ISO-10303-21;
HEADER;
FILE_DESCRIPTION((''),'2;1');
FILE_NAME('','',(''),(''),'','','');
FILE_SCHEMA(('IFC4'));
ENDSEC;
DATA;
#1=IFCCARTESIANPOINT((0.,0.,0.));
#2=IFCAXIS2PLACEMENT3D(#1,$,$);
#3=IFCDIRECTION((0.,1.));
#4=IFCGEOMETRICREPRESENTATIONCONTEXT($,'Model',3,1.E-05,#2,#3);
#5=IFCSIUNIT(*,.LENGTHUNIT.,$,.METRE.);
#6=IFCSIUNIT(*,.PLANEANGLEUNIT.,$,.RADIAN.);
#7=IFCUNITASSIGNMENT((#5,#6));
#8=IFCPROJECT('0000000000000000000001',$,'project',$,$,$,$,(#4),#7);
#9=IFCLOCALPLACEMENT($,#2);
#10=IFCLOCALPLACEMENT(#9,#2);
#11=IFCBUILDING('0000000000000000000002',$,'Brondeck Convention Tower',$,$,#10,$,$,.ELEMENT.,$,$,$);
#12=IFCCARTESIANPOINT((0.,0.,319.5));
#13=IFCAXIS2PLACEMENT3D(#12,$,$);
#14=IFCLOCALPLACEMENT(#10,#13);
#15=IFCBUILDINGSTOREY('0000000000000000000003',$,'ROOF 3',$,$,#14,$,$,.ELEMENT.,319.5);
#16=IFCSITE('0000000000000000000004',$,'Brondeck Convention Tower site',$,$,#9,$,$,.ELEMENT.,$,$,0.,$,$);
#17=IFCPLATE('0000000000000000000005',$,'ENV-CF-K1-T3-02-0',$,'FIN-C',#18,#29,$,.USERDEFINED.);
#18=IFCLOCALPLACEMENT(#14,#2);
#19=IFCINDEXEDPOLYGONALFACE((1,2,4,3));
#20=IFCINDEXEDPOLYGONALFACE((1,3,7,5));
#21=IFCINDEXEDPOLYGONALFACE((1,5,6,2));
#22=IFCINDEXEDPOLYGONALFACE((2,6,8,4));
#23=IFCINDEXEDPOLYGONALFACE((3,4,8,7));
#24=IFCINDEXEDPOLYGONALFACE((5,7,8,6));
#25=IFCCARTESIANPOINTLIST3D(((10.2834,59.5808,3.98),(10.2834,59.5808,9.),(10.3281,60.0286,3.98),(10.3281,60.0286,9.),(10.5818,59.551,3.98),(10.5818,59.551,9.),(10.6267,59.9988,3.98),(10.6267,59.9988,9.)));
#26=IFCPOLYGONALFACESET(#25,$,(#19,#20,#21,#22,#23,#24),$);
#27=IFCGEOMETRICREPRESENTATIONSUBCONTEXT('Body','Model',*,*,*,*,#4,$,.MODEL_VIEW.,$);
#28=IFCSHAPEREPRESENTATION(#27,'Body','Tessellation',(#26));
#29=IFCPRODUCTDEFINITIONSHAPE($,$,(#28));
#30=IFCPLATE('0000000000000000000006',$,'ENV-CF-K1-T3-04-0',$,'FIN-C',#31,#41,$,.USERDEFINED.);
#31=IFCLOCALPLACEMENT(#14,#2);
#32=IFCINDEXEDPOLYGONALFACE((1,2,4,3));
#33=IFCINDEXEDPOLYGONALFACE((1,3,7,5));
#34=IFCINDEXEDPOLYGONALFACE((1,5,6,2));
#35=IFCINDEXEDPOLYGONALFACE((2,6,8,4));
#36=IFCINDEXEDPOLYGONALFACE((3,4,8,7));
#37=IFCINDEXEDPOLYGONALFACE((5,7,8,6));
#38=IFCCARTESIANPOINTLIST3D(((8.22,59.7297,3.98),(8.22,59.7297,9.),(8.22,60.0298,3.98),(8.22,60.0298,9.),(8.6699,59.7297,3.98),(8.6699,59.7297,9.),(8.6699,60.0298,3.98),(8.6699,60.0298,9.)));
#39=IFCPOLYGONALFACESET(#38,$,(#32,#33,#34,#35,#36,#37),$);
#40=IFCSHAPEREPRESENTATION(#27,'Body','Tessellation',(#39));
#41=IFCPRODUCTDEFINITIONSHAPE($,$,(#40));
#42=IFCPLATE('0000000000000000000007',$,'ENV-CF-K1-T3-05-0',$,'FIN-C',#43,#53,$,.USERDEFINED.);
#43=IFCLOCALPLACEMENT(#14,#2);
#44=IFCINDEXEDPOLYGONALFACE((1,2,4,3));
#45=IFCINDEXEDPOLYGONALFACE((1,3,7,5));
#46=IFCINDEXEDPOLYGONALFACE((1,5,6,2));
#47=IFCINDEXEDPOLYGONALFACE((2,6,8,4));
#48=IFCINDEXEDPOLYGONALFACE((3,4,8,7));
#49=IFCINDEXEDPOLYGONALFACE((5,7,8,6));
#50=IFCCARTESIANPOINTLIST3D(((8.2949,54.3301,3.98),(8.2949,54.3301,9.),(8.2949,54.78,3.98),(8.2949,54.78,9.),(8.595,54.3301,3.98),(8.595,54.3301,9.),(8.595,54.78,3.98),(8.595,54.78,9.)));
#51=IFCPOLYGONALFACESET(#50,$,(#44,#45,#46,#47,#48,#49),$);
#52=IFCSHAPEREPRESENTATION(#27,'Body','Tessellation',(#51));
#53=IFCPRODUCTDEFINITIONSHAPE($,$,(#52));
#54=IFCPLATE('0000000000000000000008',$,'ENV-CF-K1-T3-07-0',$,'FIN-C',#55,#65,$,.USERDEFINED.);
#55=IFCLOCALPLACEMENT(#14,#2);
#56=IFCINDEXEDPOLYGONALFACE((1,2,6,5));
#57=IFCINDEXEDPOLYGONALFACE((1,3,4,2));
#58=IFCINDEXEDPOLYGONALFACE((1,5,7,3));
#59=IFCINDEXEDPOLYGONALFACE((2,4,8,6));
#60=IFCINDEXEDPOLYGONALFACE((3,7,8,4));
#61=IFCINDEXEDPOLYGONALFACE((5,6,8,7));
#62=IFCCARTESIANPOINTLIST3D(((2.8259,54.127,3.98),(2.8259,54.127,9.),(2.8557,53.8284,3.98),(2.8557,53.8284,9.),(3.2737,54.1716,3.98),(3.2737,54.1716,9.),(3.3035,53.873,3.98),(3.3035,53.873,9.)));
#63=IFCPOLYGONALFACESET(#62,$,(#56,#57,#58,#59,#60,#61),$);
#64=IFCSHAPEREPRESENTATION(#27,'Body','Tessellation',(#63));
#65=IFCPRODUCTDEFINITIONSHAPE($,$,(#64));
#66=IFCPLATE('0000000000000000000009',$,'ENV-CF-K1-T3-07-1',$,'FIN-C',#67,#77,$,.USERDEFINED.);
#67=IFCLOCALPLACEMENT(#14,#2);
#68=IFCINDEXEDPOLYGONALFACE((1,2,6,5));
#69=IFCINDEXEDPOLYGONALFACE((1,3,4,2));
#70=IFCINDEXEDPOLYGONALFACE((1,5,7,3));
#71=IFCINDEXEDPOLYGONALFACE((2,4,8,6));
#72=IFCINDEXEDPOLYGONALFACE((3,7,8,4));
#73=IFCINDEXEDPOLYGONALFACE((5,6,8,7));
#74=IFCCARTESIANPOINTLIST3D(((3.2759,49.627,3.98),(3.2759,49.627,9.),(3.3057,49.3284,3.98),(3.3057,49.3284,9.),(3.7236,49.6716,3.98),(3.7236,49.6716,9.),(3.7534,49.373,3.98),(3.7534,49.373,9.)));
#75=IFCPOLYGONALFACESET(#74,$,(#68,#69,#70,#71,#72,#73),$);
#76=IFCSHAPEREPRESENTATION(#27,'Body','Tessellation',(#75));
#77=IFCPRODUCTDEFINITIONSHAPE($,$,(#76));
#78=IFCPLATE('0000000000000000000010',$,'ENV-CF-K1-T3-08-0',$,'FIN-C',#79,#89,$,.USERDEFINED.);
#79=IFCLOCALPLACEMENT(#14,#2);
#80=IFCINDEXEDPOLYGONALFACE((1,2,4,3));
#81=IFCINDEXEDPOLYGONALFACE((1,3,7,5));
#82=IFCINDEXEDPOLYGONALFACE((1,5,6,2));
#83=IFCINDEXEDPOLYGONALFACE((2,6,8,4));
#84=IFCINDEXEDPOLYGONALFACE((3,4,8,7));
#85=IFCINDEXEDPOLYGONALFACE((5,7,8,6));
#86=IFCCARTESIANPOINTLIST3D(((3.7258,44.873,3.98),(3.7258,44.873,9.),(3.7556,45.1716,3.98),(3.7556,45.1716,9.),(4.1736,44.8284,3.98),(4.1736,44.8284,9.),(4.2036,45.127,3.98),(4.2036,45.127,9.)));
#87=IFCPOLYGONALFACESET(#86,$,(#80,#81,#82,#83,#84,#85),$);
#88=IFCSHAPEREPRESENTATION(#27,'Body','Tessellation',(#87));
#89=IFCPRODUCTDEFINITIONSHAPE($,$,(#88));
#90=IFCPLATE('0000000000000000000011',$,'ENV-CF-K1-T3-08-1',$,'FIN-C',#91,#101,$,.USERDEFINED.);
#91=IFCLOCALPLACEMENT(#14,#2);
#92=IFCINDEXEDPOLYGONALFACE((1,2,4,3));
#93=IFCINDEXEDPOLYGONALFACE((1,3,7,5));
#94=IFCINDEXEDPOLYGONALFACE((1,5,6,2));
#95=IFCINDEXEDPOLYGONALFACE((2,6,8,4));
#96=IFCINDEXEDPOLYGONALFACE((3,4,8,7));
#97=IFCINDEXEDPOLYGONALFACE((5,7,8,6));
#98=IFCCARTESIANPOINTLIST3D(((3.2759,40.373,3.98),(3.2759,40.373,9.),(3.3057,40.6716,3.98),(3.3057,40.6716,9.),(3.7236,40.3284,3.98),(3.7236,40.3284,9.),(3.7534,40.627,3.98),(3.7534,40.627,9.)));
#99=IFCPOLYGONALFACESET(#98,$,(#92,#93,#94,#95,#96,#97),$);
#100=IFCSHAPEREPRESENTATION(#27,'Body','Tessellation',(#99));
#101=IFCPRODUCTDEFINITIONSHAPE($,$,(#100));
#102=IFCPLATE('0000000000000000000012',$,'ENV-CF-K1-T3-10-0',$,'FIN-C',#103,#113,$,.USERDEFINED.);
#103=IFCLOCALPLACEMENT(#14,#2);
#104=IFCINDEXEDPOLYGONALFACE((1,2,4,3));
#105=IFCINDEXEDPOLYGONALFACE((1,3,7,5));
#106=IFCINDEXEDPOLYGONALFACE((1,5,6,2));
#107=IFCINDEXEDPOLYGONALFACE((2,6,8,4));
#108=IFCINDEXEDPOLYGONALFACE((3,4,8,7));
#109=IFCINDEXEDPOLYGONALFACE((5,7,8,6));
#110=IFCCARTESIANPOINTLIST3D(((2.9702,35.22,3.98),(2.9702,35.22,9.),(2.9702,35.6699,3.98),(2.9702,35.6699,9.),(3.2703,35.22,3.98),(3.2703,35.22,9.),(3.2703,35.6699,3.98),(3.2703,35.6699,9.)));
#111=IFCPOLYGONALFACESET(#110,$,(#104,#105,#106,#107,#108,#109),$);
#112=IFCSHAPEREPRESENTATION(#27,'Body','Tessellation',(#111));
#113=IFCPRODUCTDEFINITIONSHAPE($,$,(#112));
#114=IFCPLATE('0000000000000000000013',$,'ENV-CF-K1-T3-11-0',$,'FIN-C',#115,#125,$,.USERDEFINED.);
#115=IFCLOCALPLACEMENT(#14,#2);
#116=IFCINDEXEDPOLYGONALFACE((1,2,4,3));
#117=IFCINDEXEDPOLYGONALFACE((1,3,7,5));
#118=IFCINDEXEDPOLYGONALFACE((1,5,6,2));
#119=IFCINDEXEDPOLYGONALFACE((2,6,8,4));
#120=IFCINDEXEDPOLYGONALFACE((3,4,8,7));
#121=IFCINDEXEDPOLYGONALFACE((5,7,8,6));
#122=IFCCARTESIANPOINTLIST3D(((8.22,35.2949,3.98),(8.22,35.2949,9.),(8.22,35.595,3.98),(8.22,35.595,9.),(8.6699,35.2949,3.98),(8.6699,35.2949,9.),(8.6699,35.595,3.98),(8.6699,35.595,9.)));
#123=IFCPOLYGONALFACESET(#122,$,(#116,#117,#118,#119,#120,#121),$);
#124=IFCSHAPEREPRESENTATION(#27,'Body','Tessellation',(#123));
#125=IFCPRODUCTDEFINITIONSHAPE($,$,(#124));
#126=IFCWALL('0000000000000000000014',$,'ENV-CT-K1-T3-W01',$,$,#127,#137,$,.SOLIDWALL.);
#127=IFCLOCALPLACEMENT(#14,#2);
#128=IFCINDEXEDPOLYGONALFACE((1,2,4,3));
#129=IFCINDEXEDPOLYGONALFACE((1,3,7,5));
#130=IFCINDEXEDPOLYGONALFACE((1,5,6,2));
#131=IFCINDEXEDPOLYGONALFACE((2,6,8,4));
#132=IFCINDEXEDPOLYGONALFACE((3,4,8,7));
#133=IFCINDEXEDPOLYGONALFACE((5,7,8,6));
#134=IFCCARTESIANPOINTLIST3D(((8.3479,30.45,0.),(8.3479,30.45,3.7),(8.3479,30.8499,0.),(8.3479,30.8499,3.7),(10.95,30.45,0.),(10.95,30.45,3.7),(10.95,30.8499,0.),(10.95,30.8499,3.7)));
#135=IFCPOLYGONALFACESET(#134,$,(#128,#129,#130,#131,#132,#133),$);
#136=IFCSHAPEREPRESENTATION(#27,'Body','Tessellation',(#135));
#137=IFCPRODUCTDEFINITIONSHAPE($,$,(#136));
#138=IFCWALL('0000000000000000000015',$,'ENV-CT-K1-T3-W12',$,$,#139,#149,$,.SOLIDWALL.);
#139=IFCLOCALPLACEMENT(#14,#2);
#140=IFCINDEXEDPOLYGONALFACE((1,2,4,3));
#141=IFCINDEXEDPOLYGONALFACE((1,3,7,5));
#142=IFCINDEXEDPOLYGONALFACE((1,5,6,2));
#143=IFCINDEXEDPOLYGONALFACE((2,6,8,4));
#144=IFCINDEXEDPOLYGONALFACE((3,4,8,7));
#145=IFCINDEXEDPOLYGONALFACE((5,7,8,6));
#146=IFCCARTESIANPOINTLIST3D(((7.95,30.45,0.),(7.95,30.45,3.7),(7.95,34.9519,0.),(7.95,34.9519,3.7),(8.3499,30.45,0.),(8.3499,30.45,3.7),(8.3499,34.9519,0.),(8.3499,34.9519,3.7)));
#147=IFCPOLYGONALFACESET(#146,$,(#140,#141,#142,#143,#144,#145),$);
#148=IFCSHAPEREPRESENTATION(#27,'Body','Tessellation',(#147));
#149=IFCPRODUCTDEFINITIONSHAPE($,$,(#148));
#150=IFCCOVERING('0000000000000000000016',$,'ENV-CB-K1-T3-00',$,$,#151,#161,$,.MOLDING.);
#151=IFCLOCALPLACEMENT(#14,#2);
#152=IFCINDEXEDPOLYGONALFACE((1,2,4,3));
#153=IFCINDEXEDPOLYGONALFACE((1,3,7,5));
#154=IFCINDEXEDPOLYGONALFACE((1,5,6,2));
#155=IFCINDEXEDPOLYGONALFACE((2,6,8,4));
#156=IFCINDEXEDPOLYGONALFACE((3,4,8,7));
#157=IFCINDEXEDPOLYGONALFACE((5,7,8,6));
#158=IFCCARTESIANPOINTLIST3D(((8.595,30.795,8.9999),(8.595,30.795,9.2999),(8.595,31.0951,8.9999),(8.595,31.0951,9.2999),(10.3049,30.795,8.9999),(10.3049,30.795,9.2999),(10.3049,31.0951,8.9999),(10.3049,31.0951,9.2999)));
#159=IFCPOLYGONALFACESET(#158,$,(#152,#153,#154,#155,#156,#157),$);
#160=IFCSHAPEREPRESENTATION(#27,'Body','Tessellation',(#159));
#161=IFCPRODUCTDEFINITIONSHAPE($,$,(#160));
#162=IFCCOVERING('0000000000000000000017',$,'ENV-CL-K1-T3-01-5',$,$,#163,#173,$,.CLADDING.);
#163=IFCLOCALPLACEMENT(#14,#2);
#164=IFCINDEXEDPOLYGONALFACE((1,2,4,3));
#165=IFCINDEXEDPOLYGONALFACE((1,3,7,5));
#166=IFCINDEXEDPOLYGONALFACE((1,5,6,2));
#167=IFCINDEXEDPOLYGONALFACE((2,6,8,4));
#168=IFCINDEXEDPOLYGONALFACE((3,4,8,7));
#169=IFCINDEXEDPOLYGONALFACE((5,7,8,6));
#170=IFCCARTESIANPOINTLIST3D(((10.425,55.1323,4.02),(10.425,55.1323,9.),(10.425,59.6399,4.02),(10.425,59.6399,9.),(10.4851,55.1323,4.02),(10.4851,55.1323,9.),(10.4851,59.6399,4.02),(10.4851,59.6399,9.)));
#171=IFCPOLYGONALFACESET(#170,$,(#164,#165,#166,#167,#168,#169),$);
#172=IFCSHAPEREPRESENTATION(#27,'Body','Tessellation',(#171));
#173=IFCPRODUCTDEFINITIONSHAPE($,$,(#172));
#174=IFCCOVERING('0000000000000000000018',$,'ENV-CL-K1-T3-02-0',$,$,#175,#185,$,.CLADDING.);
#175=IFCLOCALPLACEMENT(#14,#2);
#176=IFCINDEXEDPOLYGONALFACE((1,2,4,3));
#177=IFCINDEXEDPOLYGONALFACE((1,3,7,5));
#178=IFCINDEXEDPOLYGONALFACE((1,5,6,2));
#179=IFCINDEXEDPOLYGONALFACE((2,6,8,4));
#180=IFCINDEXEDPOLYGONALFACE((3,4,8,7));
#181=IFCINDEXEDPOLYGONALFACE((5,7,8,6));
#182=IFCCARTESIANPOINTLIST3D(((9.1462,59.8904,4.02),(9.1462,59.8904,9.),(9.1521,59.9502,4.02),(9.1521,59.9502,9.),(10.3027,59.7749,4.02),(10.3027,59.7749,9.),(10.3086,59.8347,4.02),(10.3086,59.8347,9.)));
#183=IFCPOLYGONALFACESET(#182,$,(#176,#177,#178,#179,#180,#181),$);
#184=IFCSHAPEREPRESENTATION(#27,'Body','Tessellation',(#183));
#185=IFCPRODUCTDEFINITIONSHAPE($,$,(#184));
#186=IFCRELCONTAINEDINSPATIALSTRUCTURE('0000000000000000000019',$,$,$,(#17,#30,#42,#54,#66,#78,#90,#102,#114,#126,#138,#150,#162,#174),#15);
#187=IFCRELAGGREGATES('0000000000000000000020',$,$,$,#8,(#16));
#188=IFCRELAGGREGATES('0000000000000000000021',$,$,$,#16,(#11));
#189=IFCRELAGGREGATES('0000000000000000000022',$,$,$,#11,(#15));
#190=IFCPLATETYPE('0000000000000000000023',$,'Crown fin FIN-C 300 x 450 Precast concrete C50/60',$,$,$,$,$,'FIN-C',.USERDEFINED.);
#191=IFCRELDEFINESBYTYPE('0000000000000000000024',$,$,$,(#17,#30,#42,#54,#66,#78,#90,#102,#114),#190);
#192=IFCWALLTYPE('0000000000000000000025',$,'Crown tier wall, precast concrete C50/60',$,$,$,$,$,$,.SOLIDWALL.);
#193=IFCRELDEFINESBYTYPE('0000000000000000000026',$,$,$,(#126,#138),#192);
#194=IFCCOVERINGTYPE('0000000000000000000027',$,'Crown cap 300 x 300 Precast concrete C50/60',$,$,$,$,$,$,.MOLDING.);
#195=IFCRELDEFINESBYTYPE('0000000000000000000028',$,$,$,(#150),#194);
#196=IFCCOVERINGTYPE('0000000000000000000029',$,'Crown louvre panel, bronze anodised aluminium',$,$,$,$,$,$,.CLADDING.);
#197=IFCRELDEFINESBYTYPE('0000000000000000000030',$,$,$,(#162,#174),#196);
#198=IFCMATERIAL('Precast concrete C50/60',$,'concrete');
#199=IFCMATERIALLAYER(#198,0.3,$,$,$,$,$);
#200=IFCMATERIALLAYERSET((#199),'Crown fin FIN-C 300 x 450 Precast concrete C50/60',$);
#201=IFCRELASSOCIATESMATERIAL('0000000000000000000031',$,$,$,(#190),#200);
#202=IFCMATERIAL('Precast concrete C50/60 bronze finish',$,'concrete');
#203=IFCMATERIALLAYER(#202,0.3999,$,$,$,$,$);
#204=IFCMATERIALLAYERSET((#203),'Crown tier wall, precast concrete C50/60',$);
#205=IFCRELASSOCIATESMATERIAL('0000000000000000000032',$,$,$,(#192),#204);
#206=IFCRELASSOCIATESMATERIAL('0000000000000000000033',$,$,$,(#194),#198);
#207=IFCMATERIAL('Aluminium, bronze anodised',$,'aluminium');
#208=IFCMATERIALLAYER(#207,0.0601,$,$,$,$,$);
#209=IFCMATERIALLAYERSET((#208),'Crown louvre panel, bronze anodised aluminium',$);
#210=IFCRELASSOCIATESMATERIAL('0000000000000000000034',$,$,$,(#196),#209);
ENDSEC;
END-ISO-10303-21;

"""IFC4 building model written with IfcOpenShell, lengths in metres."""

from ifc_helpers import new_model, si_unit, direction, frame, frame_2d, origin, origin_2d, place, context, subcontext, project, spatial, polyline, rectangle, outline, extrude, material, layer, layer_set, material_profile, profile_set, type_object, element, save


model = new_model("IFC4")

# Units and contexts
model_context = context("Model", 3, precision=1e-05, world=origin(), true_north=direction((0.0, 1.0)))
body_context = subcontext(model_context, "Body", "Model", "MODEL_VIEW")
ifc_project = project(units=[si_unit("LENGTHUNIT", "METRE"), si_unit("PLANEANGLEUNIT", "RADIAN")], contexts=[model_context])

# Site, building, storey
site_placement = place(None, origin())
site = spatial("IfcSite", under=ifc_project, at=site_placement, Name="Brondeck Convention Tower site", CompositionType="ELEMENT", RefElevation=0.0)
building_placement = place(site_placement, origin())
building = spatial("IfcBuilding", under=site, at=building_placement, Name="Brondeck Convention Tower", CompositionType="ELEMENT")
storey_placement = place(building_placement, frame((0.0, 0.0, 319.5)))
storey = spatial("IfcBuildingStorey", under=building, at=storey_placement, Name="ROOF 3", CompositionType="ELEMENT", Elevation=319.5)

# Plates
ifc_material_1 = material(Name="Precast concrete C50/60", Category="concrete")
ifc_layer_1 = layer(ifc_material_1, 0.3)
ifc_layer_set_1 = layer_set([ifc_layer_1], Name="Crown fin FIN-C 300 x 450 Precast concrete C50/60")
plate_type = type_object("IfcPlateType", Name="Crown fin FIN-C 300 x 450 Precast concrete C50/60", ElementType="FIN-C", PredefinedType="USERDEFINED", material=ifc_layer_set_1)
plate_1_placement = place(storey_placement, frame((0.0, 0.0, 3.98)))
element("IfcPlate", 1, at=plate_1_placement, inside=storey, type_object=plate_type, Name="ENV-CF-K1-T3-02-0", ObjectType="FIN-C", PredefinedType="USERDEFINED", context=body_context, shape_type="SweptSolid", body=[
    extrude(outline(polyline([(10.2834, 59.5808), (10.5818, 59.551), (10.6267, 59.9988), (10.3281, 60.0286), (10.2834, 59.5808)])), origin(), (0.0, 0.0, 1.0), 5.02),
])
plate_2_placement = place(storey_placement, frame((0.0, 0.0, 3.98)))
element("IfcPlate", 2, at=plate_2_placement, inside=storey, type_object=plate_type, Name="ENV-CF-K1-T3-04-0", ObjectType="FIN-C", PredefinedType="USERDEFINED", context=body_context, shape_type="SweptSolid", body=[
    extrude(outline(polyline([(8.6699, 59.7297), (8.6699, 60.0298), (8.22, 60.0298), (8.22, 59.7297), (8.6699, 59.7297)])), origin(), (0.0, 0.0, 1.0), 5.02),
])
plate_3_placement = place(storey_placement, frame((0.0, 0.0, 3.98)))
element("IfcPlate", 3, at=plate_3_placement, inside=storey, type_object=plate_type, Name="ENV-CF-K1-T3-05-0", ObjectType="FIN-C", PredefinedType="USERDEFINED", context=body_context, shape_type="SweptSolid", body=[
    extrude(outline(polyline([(8.2949, 54.3301), (8.595, 54.3301), (8.595, 54.78), (8.2949, 54.78), (8.2949, 54.3301)])), origin(), (0.0, 0.0, 1.0), 5.02),
])
plate_4_placement = place(storey_placement, frame((0.0, 0.0, 3.98)))
element("IfcPlate", 4, at=plate_4_placement, inside=storey, type_object=plate_type, Name="ENV-CF-K1-T3-07-0", ObjectType="FIN-C", PredefinedType="USERDEFINED", context=body_context, shape_type="SweptSolid", body=[
    extrude(outline(polyline([(3.3035, 53.873), (3.2737, 54.1716), (2.8259, 54.127), (2.8557, 53.8284), (3.3035, 53.873)])), origin(), (0.0, 0.0, 1.0), 5.02),
])
plate_5_placement = place(storey_placement, frame((0.0, 0.0, 3.98)))
element("IfcPlate", 5, at=plate_5_placement, inside=storey, type_object=plate_type, Name="ENV-CF-K1-T3-07-1", ObjectType="FIN-C", PredefinedType="USERDEFINED", context=body_context, shape_type="SweptSolid", body=[
    extrude(outline(polyline([(3.7534, 49.373), (3.7236, 49.6716), (3.2759, 49.627), (3.3057, 49.3284), (3.7534, 49.373)])), origin(), (0.0, 0.0, 1.0), 5.02),
])
plate_6_placement = place(storey_placement, frame((0.0, 0.0, 3.98)))
element("IfcPlate", 6, at=plate_6_placement, inside=storey, type_object=plate_type, Name="ENV-CF-K1-T3-08-0", ObjectType="FIN-C", PredefinedType="USERDEFINED", context=body_context, shape_type="SweptSolid", body=[
    extrude(outline(polyline([(4.1736, 44.8284), (4.2036, 45.127), (3.7556, 45.1716), (3.7258, 44.873), (4.1736, 44.8284)])), origin(), (0.0, 0.0, 1.0), 5.02),
])
plate_7_placement = place(storey_placement, frame((0.0, 0.0, 3.98)))
element("IfcPlate", 7, at=plate_7_placement, inside=storey, type_object=plate_type, Name="ENV-CF-K1-T3-08-1", ObjectType="FIN-C", PredefinedType="USERDEFINED", context=body_context, shape_type="SweptSolid", body=[
    extrude(outline(polyline([(3.7236, 40.3284), (3.7534, 40.627), (3.3057, 40.6716), (3.2759, 40.373), (3.7236, 40.3284)])), origin(), (0.0, 0.0, 1.0), 5.02),
])
plate_8_placement = place(storey_placement, frame((0.0, 0.0, 3.98)))
element("IfcPlate", 8, at=plate_8_placement, inside=storey, type_object=plate_type, Name="ENV-CF-K1-T3-10-0", ObjectType="FIN-C", PredefinedType="USERDEFINED", context=body_context, shape_type="SweptSolid", body=[
    extrude(outline(polyline([(3.2703, 35.6699), (2.9702, 35.6699), (2.9702, 35.22), (3.2703, 35.22), (3.2703, 35.6699)])), origin(), (0.0, 0.0, 1.0), 5.02),
])
plate_9_placement = place(storey_placement, frame((0.0, 0.0, 3.98)))
element("IfcPlate", 9, at=plate_9_placement, inside=storey, type_object=plate_type, Name="ENV-CF-K1-T3-11-0", ObjectType="FIN-C", PredefinedType="USERDEFINED", context=body_context, shape_type="SweptSolid", body=[
    extrude(outline(polyline([(8.6699, 35.2949), (8.6699, 35.595), (8.22, 35.595), (8.22, 35.2949), (8.6699, 35.2949)])), origin(), (0.0, 0.0, 1.0), 5.02),
])

# Walls
ifc_material_2 = material(Name="Precast concrete C50/60 bronze finish", Category="concrete")
ifc_layer_2 = layer(ifc_material_2, 0.3999)
ifc_layer_set_2 = layer_set([ifc_layer_2], Name="Crown tier wall, precast concrete C50/60")
wall_type = type_object("IfcWallType", Name="Crown tier wall, precast concrete C50/60", PredefinedType="SOLIDWALL", material=ifc_layer_set_2)
wall_1_placement = place(storey_placement, frame((10.95, 30.6499, 0.0), z_axis=(0.0, 0.0, 1.0), x_axis=(-1.0, 0.0, 0.0)))
element("IfcWall", 10, at=wall_1_placement, inside=storey, type_object=wall_type, Name="ENV-CT-K1-T3-W01", PredefinedType="SOLIDWALL", context=body_context, shape_type="SweptSolid", body=[
    extrude(rectangle(XDim=2.6021, YDim=0.3999, at=frame_2d((1.301, 0.0))), origin(), (0.0, 0.0, 1.0), 3.7),
])
wall_2_placement = place(storey_placement, frame((8.1499, 30.45, 0.0), z_axis=(0.0, 0.0, 1.0), x_axis=(0.0, 1.0, 0.0)))
element("IfcWall", 11, at=wall_2_placement, inside=storey, type_object=wall_type, Name="ENV-CT-K1-T3-W12", PredefinedType="SOLIDWALL", context=body_context, shape_type="SweptSolid", body=[
    extrude(rectangle(XDim=4.502, YDim=0.3999, at=frame_2d((2.251, 0.0))), origin(), (0.0, 0.0, 1.0), 3.7),
])

# Coverings
ifc_material_profile = material_profile(ifc_material_1, rectangle(XDim=0.3, YDim=0.3, at=origin_2d()), Name="Crown cap 300 x 300 Precast concrete C50/60")
ifc_profile_set = profile_set([ifc_material_profile], Name="Precast concrete C50/60")
covering_type_1 = type_object("IfcCoveringType", Name="Crown cap 300 x 300 Precast concrete C50/60", PredefinedType="MOLDING", material=ifc_profile_set)
covering_1_placement = place(storey_placement, frame((8.595, 30.9451, 9.1499), z_axis=(1.0, 0.0, 0.0), x_axis=(0.0, 1.0, 0.0)))
element("IfcCovering", 12, at=covering_1_placement, inside=storey, type_object=covering_type_1, Name="ENV-CB-K1-T3-00", PredefinedType="MOLDING", context=body_context, shape_type="SweptSolid", body=[
    extrude(rectangle(XDim=0.3, YDim=0.3, at=origin_2d()), origin(), (0.0, 0.0, 1.0), 1.71),
])
ifc_material_3 = material(Name="Aluminium, bronze anodised", Category="aluminium")
ifc_layer_3 = layer(ifc_material_3, 0.0601)
ifc_layer_set_3 = layer_set([ifc_layer_3], Name="Crown louvre panel, bronze anodised aluminium")
covering_type_2 = type_object("IfcCoveringType", Name="Crown louvre panel, bronze anodised aluminium", PredefinedType="CLADDING", material=ifc_layer_set_3)
covering_2_placement = place(storey_placement, frame((0.0, 0.0, 4.02)))
element("IfcCovering", 13, at=covering_2_placement, inside=storey, type_object=covering_type_2, Name="ENV-CL-K1-T3-01-5", PredefinedType="CLADDING", context=body_context, shape_type="SweptSolid", body=[
    extrude(outline(polyline([(10.425, 59.6399), (10.425, 55.1323), (10.4851, 55.1323), (10.4851, 59.6399), (10.425, 59.6399)])), origin(), (0.0, 0.0, 1.0), 4.98),
])
covering_3_placement = place(storey_placement, frame((0.0, 0.0, 4.02)))
element("IfcCovering", 14, at=covering_3_placement, inside=storey, type_object=covering_type_2, Name="ENV-CL-K1-T3-02-0", PredefinedType="CLADDING", context=body_context, shape_type="SweptSolid", body=[
    extrude(outline(polyline([(9.1462, 59.8904), (10.3027, 59.7749), (10.3086, 59.8347), (9.1521, 59.9502), (9.1462, 59.8904)])), origin(), (0.0, 0.0, 1.0), 4.98),
])

save(model, "model.ifc")
